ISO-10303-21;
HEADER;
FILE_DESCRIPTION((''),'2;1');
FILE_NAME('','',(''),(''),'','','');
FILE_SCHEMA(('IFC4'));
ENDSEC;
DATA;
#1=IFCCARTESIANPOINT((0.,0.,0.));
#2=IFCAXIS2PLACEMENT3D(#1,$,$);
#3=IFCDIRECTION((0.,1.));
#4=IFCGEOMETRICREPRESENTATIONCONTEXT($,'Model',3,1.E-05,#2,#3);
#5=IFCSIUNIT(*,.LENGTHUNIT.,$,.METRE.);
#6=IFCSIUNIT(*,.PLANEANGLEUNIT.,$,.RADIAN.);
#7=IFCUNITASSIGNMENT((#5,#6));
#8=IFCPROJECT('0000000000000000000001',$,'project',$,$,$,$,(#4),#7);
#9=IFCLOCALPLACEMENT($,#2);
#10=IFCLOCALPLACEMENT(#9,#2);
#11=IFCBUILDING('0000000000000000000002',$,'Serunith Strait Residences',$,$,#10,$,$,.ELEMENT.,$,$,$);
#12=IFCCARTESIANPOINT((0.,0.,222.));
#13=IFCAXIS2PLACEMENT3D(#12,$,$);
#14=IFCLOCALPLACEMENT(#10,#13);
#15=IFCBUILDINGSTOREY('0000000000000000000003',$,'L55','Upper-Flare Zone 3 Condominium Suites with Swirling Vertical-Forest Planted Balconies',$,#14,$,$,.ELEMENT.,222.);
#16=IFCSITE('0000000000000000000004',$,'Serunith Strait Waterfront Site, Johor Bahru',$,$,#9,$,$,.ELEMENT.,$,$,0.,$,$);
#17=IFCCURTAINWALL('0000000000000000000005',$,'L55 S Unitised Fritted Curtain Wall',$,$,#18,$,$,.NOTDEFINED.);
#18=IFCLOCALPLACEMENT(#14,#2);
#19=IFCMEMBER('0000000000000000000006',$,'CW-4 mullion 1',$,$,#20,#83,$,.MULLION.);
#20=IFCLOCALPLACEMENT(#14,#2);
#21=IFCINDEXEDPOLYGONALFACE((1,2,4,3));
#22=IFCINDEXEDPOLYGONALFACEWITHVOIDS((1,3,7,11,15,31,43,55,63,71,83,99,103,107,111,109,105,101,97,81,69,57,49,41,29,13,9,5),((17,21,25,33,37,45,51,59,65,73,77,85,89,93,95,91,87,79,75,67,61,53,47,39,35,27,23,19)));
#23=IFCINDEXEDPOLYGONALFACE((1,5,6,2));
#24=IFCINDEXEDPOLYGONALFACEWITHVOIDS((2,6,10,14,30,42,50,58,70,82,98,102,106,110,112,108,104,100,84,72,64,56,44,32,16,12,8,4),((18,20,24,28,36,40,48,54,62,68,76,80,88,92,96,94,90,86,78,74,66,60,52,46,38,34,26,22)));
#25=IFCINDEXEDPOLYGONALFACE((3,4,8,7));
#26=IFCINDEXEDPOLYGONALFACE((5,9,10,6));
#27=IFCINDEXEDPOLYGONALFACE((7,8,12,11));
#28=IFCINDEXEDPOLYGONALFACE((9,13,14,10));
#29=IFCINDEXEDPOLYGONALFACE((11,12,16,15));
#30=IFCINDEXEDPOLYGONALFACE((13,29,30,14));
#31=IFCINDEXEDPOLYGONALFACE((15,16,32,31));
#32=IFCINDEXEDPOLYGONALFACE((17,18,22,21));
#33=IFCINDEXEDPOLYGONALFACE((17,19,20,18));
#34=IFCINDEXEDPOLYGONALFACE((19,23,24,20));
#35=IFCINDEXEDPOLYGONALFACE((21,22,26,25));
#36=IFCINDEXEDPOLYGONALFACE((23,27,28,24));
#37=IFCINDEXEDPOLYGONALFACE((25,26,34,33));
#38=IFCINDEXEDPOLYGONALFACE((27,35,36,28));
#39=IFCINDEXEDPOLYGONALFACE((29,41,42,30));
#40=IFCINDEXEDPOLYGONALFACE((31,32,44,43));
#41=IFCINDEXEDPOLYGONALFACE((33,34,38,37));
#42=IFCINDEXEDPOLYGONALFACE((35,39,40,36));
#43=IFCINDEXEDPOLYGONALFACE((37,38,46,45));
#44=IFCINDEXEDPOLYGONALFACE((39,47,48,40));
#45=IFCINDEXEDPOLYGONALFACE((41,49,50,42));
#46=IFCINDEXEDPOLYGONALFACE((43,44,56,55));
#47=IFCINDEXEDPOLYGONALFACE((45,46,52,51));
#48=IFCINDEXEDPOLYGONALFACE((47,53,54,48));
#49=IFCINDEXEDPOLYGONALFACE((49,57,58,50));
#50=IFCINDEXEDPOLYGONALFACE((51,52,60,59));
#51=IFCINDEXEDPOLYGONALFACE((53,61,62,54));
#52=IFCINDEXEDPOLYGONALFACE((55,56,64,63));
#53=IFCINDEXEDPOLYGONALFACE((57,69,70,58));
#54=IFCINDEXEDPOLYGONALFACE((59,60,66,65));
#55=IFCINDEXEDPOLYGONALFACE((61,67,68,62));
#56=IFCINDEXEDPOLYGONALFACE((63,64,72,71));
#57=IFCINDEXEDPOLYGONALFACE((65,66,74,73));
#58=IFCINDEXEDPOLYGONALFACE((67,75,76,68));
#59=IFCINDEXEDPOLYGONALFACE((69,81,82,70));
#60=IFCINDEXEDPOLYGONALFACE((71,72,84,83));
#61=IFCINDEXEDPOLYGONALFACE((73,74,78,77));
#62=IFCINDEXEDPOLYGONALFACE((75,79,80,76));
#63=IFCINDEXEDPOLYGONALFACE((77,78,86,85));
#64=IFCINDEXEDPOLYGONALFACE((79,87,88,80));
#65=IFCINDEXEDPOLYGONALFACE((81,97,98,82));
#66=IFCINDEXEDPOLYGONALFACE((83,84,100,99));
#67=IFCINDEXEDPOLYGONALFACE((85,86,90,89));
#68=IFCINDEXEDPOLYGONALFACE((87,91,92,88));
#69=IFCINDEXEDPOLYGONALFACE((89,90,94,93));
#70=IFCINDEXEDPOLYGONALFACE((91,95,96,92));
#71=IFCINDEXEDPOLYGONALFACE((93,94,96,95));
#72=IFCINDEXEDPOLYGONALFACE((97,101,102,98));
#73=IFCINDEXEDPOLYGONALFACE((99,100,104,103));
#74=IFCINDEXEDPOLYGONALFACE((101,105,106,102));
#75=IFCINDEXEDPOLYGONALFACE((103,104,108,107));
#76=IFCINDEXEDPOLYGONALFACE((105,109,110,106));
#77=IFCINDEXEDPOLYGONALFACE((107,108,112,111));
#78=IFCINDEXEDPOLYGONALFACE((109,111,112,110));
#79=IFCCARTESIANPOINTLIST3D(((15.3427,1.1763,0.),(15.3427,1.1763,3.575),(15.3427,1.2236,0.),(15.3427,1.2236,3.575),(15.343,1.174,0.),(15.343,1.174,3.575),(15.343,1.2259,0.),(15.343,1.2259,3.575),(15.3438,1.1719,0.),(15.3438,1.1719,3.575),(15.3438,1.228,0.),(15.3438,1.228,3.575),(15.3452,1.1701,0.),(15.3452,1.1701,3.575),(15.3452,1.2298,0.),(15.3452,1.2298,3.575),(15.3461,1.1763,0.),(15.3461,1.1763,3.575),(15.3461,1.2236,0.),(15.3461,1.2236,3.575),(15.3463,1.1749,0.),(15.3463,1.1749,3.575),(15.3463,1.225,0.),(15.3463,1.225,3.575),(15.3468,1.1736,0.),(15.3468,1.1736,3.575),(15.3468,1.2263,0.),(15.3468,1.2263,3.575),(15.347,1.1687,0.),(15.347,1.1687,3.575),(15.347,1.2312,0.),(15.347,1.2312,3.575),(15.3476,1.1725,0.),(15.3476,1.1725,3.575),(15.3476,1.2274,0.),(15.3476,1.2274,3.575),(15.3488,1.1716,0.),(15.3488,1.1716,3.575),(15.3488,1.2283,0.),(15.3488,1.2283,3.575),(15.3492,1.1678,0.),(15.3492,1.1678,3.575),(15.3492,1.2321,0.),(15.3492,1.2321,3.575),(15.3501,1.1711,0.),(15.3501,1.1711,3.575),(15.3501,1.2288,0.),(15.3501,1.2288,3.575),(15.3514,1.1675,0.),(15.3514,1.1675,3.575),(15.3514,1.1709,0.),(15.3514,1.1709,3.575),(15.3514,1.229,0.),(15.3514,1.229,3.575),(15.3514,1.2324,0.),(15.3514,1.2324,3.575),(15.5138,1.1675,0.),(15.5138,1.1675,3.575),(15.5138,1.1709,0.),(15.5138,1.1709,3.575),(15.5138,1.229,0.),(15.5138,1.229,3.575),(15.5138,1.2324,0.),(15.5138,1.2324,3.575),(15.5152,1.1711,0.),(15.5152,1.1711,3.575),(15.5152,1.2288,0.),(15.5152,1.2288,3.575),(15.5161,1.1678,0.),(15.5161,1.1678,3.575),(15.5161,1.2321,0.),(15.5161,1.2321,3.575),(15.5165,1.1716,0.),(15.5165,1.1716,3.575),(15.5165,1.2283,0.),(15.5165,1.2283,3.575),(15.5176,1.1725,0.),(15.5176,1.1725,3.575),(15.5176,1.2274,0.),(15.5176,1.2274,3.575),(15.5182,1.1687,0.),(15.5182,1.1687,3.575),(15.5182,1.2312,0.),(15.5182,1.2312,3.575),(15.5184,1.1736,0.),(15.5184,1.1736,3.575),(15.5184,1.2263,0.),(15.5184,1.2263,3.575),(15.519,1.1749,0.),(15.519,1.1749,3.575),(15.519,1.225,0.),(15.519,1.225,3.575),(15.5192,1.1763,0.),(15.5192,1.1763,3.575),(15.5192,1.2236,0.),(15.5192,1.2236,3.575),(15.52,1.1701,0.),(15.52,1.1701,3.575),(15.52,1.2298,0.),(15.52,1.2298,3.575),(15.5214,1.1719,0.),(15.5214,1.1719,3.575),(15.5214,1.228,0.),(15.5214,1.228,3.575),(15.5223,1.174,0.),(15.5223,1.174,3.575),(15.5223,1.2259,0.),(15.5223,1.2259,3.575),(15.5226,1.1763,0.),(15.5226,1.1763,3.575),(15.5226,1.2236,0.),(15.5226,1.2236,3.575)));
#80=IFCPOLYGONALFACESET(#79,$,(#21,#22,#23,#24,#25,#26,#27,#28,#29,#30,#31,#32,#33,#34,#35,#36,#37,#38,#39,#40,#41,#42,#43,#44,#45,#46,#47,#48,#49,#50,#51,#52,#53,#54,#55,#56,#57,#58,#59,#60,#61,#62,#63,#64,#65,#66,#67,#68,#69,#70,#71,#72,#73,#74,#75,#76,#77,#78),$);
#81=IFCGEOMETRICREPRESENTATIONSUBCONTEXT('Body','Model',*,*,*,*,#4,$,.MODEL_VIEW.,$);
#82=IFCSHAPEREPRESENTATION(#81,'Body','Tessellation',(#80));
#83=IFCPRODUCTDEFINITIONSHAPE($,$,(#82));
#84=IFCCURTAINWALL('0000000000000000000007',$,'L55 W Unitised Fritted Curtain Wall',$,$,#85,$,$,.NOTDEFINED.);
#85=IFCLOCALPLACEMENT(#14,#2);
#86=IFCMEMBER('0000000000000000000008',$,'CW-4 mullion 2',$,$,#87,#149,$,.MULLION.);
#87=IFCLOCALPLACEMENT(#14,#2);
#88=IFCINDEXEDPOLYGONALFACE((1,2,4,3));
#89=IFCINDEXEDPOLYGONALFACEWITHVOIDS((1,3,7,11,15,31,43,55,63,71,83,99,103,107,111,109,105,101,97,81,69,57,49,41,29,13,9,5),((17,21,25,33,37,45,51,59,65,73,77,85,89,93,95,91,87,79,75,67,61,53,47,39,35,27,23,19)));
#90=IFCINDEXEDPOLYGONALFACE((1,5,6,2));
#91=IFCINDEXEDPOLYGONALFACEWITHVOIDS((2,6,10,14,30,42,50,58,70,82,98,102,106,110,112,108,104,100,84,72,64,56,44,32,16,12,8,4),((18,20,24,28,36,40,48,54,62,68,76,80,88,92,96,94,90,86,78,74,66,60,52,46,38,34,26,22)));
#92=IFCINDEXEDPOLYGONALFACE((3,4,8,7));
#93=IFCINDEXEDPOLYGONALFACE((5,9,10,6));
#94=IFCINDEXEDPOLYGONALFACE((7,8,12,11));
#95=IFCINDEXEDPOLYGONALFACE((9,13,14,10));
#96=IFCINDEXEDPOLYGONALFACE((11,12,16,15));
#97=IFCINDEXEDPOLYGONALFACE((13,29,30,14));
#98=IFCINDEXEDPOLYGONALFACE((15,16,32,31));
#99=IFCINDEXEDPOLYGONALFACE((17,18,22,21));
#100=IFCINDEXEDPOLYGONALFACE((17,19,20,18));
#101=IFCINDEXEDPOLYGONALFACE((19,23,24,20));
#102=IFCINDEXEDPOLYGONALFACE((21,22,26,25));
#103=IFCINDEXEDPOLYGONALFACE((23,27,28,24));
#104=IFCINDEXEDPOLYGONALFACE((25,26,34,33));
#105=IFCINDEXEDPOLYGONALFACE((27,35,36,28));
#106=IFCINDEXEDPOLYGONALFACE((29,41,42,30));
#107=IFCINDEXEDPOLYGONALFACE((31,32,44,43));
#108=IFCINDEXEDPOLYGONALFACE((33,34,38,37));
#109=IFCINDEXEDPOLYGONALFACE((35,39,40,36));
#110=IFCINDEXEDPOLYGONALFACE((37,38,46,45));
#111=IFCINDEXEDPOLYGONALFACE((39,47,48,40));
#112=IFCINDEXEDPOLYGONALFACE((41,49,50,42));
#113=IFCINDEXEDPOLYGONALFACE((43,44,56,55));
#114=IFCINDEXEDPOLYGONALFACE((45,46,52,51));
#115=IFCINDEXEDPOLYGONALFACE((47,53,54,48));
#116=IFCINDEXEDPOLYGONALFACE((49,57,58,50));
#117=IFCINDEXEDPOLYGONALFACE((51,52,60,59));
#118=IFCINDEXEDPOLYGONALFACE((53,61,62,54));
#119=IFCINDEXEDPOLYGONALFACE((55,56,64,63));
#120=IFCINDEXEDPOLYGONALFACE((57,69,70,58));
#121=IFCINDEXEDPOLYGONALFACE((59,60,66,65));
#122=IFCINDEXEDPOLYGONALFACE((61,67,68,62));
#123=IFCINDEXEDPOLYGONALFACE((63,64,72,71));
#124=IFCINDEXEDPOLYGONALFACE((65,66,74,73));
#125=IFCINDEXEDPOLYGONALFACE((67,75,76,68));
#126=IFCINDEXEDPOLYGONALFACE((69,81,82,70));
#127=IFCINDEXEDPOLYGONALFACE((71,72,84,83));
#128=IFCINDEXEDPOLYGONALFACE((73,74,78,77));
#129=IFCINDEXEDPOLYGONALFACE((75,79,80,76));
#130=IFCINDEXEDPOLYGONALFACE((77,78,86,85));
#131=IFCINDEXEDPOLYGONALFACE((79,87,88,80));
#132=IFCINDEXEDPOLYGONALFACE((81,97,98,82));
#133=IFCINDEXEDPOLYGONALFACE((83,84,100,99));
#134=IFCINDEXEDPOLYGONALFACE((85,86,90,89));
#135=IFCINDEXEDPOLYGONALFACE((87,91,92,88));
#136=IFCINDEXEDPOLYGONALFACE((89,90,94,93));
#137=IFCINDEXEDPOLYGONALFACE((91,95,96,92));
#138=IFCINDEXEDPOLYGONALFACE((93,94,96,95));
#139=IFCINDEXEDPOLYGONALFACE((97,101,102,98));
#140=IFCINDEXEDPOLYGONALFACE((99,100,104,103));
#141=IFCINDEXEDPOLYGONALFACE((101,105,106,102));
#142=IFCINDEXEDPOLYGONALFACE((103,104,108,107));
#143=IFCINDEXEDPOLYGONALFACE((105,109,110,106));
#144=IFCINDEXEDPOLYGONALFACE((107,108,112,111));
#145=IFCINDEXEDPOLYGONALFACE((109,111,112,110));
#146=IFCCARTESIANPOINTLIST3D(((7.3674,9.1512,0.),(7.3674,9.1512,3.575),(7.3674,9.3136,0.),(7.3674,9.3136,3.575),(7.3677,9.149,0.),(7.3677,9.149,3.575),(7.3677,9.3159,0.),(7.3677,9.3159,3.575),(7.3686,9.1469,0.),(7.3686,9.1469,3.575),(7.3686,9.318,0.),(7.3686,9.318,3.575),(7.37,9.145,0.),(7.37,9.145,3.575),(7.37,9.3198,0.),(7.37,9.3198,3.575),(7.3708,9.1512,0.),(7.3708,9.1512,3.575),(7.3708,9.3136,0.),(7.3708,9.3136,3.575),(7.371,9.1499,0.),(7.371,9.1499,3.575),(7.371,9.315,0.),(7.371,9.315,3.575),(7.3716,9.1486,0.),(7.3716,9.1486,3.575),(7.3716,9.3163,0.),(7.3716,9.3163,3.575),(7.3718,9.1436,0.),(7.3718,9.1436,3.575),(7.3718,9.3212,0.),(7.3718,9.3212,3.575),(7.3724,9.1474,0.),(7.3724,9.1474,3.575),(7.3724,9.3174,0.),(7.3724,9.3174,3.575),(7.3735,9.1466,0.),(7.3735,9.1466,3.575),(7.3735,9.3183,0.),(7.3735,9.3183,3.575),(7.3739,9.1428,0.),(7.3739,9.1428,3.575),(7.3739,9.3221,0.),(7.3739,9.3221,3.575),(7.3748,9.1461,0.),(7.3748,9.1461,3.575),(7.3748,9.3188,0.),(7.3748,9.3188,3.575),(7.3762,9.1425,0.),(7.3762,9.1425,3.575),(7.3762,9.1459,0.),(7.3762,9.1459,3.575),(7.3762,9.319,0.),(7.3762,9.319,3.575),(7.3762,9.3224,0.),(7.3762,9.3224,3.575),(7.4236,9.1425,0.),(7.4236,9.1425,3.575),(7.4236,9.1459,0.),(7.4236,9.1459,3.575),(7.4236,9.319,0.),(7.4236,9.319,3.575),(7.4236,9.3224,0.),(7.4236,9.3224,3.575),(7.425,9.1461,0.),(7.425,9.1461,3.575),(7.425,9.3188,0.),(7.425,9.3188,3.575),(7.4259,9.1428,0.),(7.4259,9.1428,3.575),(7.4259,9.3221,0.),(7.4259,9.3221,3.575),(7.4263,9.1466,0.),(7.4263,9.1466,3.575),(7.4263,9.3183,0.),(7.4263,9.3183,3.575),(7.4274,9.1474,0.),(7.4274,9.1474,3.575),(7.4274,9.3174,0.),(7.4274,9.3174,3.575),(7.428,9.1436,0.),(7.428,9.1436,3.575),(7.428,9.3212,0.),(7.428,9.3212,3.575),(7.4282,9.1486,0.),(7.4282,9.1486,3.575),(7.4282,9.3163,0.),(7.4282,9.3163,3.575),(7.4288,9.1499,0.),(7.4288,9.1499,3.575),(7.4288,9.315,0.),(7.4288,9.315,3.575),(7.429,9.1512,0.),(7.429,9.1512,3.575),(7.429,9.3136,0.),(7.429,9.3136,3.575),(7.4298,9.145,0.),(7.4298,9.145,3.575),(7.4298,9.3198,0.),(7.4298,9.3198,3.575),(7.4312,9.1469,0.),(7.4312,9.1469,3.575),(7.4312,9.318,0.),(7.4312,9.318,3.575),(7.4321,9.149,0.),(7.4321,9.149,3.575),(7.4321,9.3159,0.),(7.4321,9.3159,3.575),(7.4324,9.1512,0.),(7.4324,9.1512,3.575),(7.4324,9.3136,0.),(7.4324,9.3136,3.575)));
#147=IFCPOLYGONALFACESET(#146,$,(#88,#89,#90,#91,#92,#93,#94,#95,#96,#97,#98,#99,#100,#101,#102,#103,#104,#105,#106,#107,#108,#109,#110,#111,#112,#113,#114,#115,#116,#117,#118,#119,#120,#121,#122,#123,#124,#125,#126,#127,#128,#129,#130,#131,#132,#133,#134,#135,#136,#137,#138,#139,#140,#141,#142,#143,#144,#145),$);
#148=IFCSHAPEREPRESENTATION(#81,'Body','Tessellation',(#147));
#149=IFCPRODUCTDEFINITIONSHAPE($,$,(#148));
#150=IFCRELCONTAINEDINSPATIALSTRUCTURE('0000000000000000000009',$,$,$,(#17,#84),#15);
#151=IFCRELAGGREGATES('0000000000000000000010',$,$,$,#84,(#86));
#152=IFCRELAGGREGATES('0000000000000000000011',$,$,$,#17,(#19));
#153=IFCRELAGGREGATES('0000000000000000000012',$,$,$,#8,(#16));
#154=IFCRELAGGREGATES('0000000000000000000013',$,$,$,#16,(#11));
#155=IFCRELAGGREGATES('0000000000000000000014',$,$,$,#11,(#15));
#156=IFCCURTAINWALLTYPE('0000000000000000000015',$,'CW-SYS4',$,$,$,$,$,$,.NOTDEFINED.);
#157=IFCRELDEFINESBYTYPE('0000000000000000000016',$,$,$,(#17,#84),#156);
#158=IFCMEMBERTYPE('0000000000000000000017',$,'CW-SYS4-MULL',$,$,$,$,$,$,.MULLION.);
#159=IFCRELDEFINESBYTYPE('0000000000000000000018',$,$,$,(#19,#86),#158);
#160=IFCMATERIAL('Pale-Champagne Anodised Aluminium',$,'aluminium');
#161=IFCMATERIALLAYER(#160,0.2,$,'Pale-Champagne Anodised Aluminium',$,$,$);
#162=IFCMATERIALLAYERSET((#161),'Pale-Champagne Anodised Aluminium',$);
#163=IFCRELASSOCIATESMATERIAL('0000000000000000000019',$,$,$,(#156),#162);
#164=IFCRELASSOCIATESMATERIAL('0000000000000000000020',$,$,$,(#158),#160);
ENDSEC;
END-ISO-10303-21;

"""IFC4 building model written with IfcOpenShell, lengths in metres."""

from ifc_helpers import new_model, si_unit, direction, frame, origin, origin_2d, place, context, subcontext, project, spatial, hollow_rectangle, extrude, source, transform, mapped, material, layer, layer_set, material_profile, profile_set, type_object, element, aggregate, save


model = new_model("IFC4")

# Units and contexts
model_context = context("Model", 3, precision=1e-05, world=origin(), true_north=direction((0.0, 1.0)))
body_context = subcontext(model_context, "Body", "Model", "MODEL_VIEW")
ifc_project = project(units=[si_unit("LENGTHUNIT", "METRE"), si_unit("PLANEANGLEUNIT", "RADIAN")], contexts=[model_context])

# Site, building, storey
site_placement = place(None, origin())
site = spatial("IfcSite", under=ifc_project, at=site_placement, Name="Serunith Strait Waterfront Site, Johor Bahru", CompositionType="ELEMENT", RefElevation=0.0)
building_placement = place(site_placement, origin())
building = spatial("IfcBuilding", under=site, at=building_placement, Name="Serunith Strait Residences", CompositionType="ELEMENT")
storey_placement = place(building_placement, frame((0.0, 0.0, 222.0)))
storey = spatial("IfcBuildingStorey", under=building, at=storey_placement, Name="L55", Description="Upper-Flare Zone 3 Condominium Suites with Swirling Vertical-Forest Planted Balconies", CompositionType="ELEMENT", Elevation=222.0)

# Curtain walls, members
ifc_material_1 = material(Name="Pale-Champagne Anodised Aluminium", Category="aluminium")
ifc_layer_1 = layer(ifc_material_1, 0.2, Name="Pale-Champagne Anodised Aluminium")
ifc_layer_set_1 = layer_set([ifc_layer_1], Name="Pale-Champagne Anodised Aluminium")
curtain_wall_type = type_object("IfcCurtainWallType", Name="CW-SYS4", PredefinedType="NOTDEFINED", material=ifc_layer_set_1)
curtain_wall_1_placement = place(storey_placement, origin())
curtain_wall_1 = element("IfcCurtainWall", 1, at=curtain_wall_1_placement, inside=storey, type_object=curtain_wall_type, Name="L55 S Unitised Fritted Curtain Wall", PredefinedType="NOTDEFINED")
ifc_material_profile_1 = material_profile(ifc_material_1, hollow_rectangle(XDim=0.0649, YDim=0.1799, WallThickness=0.0034, InnerFilletRadius=0.0054, OuterFilletRadius=0.0088, at=origin_2d()), Name="ALU 180x65x3.5")
ifc_profile_set_1 = profile_set([ifc_material_profile_1], Name="Pale-Champagne Anodised Aluminium")
member_type_1 = type_object("IfcMemberType", Name="CW-SYS4-MULL", PredefinedType="MULLION", material=ifc_profile_set_1)
shared_shape_1 = source(origin(), body_context, "Body", "SweptSolid", [
    extrude(hollow_rectangle(XDim=0.0649, YDim=0.1799, WallThickness=0.0034, InnerFilletRadius=0.0054, OuterFilletRadius=0.0088, at=origin_2d()), origin(), (0.0, 0.0, 1.0), 3.575),
])
member_1_placement = place(storey_placement, frame((15.4326, 1.2, 0.0), z_axis=(0.0, 0.0, 1.0), x_axis=(0.0, 1.0, 0.0)))
member_1 = element("IfcMember", 2, at=member_1_placement, type_object=member_type_1, Name="CW-4 mullion 1", PredefinedType="MULLION", context=body_context, shape_type="MappedRepresentation", body=[
    mapped(shared_shape_1, transform((0.0, 0.0, 0.0), scale=1.0)),
])
curtain_wall_2_placement = place(storey_placement, origin())
curtain_wall_2 = element("IfcCurtainWall", 3, at=curtain_wall_2_placement, inside=storey, type_object=curtain_wall_type, Name="L55 W Unitised Fritted Curtain Wall", PredefinedType="NOTDEFINED")
member_2_placement = place(storey_placement, frame((7.3999, 9.2324, 0.0), z_axis=(0.0, 0.0, 1.0), x_axis=(1.0, 0.0, 0.0)))
member_2 = element("IfcMember", 4, at=member_2_placement, type_object=member_type_1, Name="CW-4 mullion 2", PredefinedType="MULLION", context=body_context, shape_type="MappedRepresentation", body=[
    mapped(shared_shape_1, transform((0.0, 0.0, 0.0), scale=1.0)),
])
aggregate(curtain_wall_2, [member_2])

aggregate(curtain_wall_1, [member_1])

save(model, "model.ifc")
